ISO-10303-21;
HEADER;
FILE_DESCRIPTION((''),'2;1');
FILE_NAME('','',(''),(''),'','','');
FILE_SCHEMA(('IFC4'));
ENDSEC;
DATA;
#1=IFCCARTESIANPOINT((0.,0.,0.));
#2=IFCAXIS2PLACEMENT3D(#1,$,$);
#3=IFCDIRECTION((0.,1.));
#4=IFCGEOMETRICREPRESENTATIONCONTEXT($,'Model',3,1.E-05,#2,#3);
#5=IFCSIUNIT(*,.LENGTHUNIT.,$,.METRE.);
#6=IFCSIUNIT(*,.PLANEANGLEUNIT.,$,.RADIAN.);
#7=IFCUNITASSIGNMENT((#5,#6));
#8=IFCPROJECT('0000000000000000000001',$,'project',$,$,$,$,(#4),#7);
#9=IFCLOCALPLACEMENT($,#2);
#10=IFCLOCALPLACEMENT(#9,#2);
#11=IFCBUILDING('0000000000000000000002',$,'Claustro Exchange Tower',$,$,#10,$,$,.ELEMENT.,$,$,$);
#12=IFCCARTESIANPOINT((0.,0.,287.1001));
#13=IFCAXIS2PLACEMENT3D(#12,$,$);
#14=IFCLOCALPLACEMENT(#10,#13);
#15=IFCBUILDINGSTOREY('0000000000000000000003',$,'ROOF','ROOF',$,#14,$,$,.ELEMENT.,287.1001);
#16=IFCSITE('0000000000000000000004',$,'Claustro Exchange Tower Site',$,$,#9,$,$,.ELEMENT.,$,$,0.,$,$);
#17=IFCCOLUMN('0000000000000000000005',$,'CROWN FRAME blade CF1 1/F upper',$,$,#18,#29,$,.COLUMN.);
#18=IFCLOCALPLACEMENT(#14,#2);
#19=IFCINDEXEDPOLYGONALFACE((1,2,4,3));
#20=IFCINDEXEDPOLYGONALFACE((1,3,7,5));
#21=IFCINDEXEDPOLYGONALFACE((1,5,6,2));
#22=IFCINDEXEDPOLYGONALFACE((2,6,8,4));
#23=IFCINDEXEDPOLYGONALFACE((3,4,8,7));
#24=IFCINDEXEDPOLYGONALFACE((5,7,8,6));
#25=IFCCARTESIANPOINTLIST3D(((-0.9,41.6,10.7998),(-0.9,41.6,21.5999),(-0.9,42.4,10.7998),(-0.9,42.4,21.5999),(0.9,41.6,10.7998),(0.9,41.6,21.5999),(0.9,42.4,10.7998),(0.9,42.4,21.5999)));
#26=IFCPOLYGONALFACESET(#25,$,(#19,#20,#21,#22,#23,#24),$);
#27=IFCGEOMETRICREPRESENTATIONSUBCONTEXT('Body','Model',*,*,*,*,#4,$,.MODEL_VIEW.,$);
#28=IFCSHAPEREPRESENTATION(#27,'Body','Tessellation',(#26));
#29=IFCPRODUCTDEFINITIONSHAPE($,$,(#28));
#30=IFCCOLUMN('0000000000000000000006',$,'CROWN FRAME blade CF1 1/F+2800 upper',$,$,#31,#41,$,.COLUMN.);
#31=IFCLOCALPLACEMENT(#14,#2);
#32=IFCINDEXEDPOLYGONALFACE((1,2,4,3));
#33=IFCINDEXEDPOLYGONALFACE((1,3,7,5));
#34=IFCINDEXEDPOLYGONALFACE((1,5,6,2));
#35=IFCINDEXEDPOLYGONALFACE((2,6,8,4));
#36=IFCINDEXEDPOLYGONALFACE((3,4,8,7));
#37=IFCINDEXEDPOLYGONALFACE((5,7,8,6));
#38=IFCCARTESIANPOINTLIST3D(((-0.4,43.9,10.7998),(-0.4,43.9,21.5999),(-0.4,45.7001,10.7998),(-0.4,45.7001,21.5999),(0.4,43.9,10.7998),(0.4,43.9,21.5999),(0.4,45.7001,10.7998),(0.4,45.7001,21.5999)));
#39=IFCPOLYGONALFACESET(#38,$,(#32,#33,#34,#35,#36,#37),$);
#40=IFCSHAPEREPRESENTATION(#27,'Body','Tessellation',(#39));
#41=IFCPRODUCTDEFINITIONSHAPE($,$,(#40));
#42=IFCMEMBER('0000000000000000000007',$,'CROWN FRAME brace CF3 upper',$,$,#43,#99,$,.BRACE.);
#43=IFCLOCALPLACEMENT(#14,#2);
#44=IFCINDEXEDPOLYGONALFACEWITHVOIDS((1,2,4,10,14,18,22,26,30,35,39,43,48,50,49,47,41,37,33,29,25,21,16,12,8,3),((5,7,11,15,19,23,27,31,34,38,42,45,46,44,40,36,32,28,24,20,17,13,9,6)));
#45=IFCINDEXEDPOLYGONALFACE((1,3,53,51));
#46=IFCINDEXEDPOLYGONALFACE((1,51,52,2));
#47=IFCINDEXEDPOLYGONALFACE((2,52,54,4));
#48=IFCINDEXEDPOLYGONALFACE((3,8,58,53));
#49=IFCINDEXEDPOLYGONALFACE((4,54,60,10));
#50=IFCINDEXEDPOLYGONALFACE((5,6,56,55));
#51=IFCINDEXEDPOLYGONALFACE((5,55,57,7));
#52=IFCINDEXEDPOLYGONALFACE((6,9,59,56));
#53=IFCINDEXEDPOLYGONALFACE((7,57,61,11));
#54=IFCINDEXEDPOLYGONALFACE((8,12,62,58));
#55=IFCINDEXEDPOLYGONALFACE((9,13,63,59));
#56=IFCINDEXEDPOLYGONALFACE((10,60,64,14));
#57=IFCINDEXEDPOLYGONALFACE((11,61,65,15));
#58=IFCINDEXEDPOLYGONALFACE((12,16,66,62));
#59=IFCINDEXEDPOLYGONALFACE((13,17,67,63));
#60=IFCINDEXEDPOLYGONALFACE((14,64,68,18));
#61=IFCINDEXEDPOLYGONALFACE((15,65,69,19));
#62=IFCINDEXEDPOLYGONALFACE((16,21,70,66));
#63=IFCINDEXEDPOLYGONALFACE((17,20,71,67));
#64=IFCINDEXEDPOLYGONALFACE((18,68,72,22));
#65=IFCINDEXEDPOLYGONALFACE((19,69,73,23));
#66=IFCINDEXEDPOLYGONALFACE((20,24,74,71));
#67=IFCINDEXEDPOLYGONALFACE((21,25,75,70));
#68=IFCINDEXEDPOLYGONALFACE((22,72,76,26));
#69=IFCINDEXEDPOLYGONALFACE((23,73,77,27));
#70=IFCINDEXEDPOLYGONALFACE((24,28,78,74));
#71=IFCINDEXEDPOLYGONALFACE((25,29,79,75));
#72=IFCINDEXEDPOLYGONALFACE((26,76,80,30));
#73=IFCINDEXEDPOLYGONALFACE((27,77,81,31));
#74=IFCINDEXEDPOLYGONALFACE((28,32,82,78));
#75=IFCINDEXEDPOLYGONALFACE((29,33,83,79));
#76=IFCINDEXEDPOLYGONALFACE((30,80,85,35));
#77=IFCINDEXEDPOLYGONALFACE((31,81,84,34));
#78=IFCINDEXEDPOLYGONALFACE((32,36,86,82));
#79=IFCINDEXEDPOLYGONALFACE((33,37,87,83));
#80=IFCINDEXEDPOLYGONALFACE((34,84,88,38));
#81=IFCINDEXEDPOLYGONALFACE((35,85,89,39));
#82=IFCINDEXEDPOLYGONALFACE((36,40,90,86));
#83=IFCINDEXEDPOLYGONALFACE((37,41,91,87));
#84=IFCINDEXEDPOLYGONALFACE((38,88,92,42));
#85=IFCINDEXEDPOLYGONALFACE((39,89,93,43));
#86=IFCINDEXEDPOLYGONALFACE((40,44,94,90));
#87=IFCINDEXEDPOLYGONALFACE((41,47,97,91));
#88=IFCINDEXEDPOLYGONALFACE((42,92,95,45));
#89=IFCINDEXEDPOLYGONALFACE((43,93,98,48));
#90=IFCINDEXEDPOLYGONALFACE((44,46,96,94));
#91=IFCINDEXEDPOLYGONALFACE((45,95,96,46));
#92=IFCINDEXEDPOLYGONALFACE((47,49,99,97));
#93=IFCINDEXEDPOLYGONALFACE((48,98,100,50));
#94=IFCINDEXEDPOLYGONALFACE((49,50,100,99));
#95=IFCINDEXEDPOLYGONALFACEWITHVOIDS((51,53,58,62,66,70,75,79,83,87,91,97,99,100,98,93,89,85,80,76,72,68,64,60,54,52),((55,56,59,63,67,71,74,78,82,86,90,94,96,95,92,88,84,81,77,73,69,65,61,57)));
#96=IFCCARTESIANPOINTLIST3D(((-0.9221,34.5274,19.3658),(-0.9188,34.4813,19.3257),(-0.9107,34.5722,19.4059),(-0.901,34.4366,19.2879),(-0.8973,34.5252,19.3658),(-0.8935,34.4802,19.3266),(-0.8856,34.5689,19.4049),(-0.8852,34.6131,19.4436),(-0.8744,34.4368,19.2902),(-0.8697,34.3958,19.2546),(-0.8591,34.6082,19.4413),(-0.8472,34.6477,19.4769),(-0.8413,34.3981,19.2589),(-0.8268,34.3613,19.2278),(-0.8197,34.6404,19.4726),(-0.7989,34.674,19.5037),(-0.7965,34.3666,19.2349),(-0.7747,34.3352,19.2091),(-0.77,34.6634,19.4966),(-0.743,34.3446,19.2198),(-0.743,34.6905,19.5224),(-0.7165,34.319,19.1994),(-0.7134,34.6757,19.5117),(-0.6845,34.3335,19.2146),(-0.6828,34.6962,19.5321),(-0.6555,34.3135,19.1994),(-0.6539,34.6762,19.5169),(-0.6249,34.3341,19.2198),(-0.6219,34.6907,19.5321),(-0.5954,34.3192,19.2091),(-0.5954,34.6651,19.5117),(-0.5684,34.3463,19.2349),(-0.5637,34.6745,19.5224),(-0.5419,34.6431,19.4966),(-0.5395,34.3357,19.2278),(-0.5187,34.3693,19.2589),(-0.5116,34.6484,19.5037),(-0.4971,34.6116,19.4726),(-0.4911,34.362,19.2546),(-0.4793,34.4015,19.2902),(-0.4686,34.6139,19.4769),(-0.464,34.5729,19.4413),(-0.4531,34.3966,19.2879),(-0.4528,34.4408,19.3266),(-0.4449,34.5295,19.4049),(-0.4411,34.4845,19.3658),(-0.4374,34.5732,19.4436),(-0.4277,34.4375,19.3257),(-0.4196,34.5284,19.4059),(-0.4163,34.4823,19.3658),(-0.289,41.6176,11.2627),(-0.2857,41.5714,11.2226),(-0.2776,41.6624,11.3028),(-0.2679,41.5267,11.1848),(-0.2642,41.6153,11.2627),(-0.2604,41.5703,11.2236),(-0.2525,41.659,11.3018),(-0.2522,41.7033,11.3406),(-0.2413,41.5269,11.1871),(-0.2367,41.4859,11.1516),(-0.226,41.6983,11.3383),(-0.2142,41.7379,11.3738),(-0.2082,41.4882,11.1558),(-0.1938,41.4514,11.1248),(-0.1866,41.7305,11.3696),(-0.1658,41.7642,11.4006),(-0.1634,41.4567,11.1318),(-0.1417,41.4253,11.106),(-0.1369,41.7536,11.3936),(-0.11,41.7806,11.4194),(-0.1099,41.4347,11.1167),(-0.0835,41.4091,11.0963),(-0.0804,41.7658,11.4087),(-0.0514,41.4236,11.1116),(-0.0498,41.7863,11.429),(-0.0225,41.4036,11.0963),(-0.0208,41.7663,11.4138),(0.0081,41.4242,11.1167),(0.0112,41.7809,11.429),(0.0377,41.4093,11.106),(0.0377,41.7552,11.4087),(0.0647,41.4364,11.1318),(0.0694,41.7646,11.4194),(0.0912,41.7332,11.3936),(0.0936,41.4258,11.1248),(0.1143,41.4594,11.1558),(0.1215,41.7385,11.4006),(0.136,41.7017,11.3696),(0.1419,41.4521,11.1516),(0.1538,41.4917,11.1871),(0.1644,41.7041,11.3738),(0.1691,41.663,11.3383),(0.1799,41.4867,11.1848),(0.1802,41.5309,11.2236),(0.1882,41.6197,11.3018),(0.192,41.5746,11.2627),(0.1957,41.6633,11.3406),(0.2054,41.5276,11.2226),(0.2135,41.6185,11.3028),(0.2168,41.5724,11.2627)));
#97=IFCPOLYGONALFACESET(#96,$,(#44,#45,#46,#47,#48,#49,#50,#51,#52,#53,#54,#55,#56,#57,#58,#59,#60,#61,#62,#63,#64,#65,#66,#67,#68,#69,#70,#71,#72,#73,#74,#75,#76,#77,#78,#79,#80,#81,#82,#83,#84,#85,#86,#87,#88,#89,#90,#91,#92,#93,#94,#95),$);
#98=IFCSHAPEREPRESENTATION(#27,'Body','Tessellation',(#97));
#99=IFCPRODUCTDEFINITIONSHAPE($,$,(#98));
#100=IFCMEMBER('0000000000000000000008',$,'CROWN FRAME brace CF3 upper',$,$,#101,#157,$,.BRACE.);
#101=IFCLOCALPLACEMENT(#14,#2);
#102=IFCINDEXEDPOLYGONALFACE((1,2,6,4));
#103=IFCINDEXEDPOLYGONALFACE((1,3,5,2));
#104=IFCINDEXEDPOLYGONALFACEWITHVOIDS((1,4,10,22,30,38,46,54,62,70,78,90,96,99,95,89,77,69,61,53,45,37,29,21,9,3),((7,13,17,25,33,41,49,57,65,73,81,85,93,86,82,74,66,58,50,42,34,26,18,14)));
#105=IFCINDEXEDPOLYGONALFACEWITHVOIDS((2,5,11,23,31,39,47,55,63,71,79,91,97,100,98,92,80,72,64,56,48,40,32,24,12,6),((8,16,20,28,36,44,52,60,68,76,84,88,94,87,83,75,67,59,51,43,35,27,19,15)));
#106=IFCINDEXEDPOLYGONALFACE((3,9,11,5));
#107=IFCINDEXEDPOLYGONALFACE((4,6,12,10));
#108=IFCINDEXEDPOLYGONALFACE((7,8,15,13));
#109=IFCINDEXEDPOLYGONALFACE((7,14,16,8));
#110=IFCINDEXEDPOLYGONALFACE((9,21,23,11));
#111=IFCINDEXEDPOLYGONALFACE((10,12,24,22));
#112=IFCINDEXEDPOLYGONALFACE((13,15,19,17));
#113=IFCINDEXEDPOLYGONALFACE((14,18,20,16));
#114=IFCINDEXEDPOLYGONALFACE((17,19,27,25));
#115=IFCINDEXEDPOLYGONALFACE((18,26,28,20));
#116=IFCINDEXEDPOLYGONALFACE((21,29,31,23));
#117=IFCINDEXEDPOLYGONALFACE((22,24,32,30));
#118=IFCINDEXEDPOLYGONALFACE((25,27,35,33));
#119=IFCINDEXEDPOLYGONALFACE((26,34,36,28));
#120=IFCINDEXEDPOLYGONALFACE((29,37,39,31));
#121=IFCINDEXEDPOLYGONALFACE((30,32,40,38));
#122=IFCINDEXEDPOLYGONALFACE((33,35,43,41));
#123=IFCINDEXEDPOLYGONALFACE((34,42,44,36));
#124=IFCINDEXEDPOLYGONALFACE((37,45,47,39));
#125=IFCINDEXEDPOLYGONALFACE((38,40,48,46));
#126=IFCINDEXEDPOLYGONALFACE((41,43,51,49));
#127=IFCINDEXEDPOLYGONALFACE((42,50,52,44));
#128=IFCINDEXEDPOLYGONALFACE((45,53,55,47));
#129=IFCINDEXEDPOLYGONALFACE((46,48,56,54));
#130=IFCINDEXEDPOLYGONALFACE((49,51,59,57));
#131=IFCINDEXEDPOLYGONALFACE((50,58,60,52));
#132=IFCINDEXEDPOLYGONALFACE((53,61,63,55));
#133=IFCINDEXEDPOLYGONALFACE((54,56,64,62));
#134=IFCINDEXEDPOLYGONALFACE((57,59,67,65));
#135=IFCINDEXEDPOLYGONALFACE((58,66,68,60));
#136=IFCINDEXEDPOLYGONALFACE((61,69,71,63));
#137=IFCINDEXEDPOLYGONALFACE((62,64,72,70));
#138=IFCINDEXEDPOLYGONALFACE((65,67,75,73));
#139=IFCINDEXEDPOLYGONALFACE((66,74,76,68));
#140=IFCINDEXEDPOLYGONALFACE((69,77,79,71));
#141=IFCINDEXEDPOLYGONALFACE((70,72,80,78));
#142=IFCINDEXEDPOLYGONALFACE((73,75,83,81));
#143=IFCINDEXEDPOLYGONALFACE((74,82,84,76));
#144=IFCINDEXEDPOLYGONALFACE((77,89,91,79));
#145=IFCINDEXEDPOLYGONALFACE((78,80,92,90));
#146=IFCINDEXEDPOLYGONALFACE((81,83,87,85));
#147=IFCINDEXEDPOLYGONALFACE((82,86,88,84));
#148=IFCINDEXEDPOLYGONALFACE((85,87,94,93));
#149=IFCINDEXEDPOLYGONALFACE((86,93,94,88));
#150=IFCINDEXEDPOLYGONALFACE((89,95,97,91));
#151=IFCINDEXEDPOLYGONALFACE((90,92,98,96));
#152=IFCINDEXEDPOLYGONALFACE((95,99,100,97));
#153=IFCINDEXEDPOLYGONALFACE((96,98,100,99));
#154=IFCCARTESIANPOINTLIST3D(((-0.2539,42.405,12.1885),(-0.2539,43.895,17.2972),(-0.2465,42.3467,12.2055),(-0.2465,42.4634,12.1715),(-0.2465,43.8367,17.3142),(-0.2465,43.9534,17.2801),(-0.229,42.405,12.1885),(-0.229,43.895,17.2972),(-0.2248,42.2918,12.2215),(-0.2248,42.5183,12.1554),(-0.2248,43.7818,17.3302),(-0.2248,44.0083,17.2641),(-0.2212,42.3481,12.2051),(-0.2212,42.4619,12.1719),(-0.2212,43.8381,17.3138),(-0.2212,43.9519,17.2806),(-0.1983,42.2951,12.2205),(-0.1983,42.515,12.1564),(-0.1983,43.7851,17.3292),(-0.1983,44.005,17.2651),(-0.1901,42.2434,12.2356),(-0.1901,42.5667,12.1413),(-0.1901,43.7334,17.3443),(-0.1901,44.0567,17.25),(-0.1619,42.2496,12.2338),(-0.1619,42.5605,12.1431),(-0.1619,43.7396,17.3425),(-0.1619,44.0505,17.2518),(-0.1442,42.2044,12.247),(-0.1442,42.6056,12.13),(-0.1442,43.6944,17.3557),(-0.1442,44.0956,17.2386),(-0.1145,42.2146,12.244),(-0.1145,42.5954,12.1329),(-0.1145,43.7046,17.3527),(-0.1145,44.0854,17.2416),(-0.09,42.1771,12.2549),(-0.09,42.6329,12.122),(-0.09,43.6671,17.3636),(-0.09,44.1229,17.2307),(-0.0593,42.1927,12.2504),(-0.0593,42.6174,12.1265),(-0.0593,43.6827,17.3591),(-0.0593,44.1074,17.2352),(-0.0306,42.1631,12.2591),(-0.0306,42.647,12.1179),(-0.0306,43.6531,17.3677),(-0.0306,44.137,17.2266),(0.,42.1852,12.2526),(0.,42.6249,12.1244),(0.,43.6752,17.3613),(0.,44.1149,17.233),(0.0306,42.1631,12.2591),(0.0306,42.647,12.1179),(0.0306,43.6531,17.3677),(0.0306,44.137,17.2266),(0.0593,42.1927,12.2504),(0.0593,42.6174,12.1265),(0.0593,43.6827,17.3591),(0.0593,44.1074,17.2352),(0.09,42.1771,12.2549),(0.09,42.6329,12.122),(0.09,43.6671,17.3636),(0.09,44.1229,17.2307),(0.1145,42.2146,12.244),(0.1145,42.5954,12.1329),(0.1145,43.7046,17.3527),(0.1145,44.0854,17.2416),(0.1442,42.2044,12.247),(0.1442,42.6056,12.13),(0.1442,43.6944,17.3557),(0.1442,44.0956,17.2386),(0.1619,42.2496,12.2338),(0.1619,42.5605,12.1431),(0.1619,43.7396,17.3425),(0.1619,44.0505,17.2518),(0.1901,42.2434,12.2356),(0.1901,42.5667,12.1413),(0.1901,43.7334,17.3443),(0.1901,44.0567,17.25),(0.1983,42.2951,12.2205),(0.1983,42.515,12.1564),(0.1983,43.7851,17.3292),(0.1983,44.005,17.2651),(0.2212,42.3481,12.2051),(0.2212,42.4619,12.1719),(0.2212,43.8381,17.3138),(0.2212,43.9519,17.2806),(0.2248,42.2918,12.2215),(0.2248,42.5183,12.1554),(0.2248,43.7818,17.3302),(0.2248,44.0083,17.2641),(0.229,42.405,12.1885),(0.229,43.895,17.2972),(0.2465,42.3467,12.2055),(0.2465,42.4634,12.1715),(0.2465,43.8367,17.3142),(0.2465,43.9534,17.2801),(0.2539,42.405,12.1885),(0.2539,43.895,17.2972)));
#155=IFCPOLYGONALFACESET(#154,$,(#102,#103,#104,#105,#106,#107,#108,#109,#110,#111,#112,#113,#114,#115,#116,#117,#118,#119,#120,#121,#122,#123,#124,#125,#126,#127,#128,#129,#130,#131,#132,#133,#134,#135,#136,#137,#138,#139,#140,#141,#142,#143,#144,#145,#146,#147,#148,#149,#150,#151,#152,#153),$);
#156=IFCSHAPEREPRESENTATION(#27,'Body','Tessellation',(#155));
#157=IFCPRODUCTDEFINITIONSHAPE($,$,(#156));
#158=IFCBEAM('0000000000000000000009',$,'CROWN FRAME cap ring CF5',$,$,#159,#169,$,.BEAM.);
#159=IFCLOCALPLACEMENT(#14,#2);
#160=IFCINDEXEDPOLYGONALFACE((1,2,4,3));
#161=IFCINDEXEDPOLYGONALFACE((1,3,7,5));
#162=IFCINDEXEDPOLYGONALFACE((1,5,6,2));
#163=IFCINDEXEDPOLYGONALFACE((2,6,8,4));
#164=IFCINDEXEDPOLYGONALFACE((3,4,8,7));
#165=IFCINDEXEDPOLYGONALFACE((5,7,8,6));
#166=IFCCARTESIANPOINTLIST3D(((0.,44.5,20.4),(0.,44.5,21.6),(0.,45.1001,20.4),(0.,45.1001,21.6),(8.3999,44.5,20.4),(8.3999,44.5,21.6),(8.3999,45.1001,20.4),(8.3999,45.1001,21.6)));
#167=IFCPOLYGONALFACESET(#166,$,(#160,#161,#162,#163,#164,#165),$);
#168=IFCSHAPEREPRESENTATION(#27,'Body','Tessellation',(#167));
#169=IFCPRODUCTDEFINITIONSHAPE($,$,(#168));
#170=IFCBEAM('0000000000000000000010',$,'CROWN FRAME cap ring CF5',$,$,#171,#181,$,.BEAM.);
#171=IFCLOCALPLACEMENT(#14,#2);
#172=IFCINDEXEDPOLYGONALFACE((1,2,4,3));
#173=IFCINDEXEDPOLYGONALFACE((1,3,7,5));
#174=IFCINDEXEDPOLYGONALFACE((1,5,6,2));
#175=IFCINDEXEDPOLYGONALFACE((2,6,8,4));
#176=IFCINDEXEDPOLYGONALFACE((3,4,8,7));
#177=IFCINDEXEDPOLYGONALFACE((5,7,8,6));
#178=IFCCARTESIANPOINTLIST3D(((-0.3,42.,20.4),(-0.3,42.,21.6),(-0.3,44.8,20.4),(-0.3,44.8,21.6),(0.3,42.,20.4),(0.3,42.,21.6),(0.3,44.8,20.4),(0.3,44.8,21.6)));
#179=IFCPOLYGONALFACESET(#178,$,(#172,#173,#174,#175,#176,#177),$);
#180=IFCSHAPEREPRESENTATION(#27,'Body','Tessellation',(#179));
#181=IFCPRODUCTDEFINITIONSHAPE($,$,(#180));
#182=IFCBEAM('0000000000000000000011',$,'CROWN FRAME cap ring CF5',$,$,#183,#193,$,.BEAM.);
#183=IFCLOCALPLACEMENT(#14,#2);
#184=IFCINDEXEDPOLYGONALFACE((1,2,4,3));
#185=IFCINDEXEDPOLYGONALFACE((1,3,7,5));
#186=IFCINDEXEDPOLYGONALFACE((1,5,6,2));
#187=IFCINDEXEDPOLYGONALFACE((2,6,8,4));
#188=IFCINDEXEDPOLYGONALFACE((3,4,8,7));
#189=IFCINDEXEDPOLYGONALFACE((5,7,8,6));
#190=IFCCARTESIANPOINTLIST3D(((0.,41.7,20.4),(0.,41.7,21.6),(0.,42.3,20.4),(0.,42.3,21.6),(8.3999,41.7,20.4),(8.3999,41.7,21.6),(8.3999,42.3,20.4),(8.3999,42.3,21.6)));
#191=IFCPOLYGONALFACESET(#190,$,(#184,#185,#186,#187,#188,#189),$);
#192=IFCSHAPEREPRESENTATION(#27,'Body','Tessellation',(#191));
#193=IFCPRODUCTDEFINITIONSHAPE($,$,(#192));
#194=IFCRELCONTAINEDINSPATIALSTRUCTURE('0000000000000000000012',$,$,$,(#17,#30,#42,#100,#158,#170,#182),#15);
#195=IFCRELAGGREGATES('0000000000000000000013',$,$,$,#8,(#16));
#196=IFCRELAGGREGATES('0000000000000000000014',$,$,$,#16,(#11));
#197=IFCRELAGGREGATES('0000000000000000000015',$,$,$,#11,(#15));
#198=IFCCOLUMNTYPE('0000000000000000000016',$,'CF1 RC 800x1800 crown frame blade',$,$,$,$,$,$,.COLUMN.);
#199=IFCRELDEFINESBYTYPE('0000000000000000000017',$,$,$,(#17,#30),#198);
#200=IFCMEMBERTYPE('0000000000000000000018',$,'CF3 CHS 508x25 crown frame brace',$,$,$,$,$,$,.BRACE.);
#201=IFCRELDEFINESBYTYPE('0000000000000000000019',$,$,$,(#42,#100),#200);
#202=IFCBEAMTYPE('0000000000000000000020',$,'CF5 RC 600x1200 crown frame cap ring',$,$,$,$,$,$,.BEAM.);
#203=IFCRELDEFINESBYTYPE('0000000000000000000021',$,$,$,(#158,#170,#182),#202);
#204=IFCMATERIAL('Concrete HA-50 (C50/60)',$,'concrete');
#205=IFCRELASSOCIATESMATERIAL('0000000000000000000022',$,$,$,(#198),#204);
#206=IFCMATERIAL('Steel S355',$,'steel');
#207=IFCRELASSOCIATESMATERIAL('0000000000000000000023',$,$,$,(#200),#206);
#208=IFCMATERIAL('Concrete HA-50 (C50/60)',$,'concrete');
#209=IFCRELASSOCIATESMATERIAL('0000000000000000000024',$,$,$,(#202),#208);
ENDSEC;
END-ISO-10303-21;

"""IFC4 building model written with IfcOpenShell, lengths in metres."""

from ifc_helpers import new_model, si_unit, direction, frame, origin, origin_2d, place, context, subcontext, project, spatial, rectangle, hollow_circle, extrude, material, material_profile, profile_set, type_object, element, save


model = new_model("IFC4")

# Units and contexts
model_context = context("Model", 3, precision=1e-05, world=origin(), true_north=direction((0.0, 1.0)))
body_context = subcontext(model_context, "Body", "Model", "MODEL_VIEW")
ifc_project = project(units=[si_unit("LENGTHUNIT", "METRE"), si_unit("PLANEANGLEUNIT", "RADIAN")], contexts=[model_context])

# Site, building, storey
site_placement = place(None, origin())
site = spatial("IfcSite", under=ifc_project, at=site_placement, Name="Claustro Exchange Tower Site", CompositionType="ELEMENT", RefElevation=0.0)
building_placement = place(site_placement, origin())
building = spatial("IfcBuilding", under=site, at=building_placement, Name="Claustro Exchange Tower", CompositionType="ELEMENT")
storey_placement = place(building_placement, frame((0.0, 0.0, 287.1001)))
storey = spatial("IfcBuildingStorey", under=building, at=storey_placement, Name="ROOF", Description="ROOF", CompositionType="ELEMENT", Elevation=287.1001)

# Columns
ifc_material_1 = material(Name="Concrete HA-50 (C50/60)", Category="concrete")
ifc_material_profile_1 = material_profile(ifc_material_1, rectangle(XDim=0.8, YDim=1.8, at=origin_2d()), Name="RC 800x1800")
ifc_profile_set_1 = profile_set([ifc_material_profile_1], Name="Concrete HA-50 (C50/60)")
column_type = type_object("IfcColumnType", Name="CF1 RC 800x1800 crown frame blade", PredefinedType="COLUMN", material=ifc_profile_set_1)
for number, where, z_axis, x_axis, name in (
    (1, (0.0, 42.0, 10.7998), (0.0, 0.0, 1.0), (0.0, 1.0, 0.0), "CROWN FRAME blade CF1 1/F upper"),
    (2, (0.0, 44.8, 10.7998), (0.0, 0.0, 1.0), (1.0, 0.0, 0.0), "CROWN FRAME blade CF1 1/F+2800 upper"),
):
    element("IfcColumn", number, at=place(storey_placement, frame(where, z_axis=z_axis, x_axis=x_axis)), inside=storey, type_object=column_type, Name=name, PredefinedType="COLUMN", context=body_context, shape_type="SweptSolid", body=[
        extrude(rectangle(XDim=0.8, YDim=1.8, at=origin_2d()), origin(), (0.0, 0.0, 1.0), 10.8),
    ])

# Members
ifc_material_2 = material(Name="Steel S355", Category="steel")
ifc_material_profile_2 = material_profile(ifc_material_2, hollow_circle(Radius=0.2539, WallThickness=0.0249, at=origin_2d()), Name="CHS 508x25")
ifc_profile_set_2 = profile_set([ifc_material_profile_2], Name="Steel S355")
member_type = type_object("IfcMemberType", Name="CF3 CHS 508x25 crown frame brace", PredefinedType="BRACE", material=ifc_profile_set_2)
member_1_placement = place(storey_placement, frame((-0.0361, 41.595, 11.2627), z_axis=(-0.058695, -0.657366, 0.751282), x_axis=(0.996038, -0.088934, 0.0)))
element("IfcMember", 3, at=member_1_placement, inside=storey, type_object=member_type, Name="CROWN FRAME brace CF3 upper", PredefinedType="BRACE", context=body_context, shape_type="SweptSolid", body=[
    extrude(hollow_circle(Radius=0.2539, WallThickness=0.0249, at=origin_2d()), origin(), (0.0, 0.0, 1.0), 10.7856),
])
member_2_placement = place(storey_placement, frame((0.0, 42.405, 12.1885), z_axis=(0.0, 0.279995, 0.960002), x_axis=(-1.0, 0.0, 0.0)))
element("IfcMember", 4, at=member_2_placement, inside=storey, type_object=member_type, Name="CROWN FRAME brace CF3 upper", PredefinedType="BRACE", context=body_context, shape_type="SweptSolid", body=[
    extrude(hollow_circle(Radius=0.2539, WallThickness=0.0249, at=origin_2d()), origin(), (0.0, 0.0, 1.0), 5.3215),
])

# Beams
ifc_material_3 = material(Name="Concrete HA-50 (C50/60)", Category="concrete")
ifc_material_profile_3 = material_profile(ifc_material_3, rectangle(XDim=0.6001, YDim=1.2, at=origin_2d()), Name="RC 600x1200")
ifc_profile_set_3 = profile_set([ifc_material_profile_3], Name="Concrete HA-50 (C50/60)")
beam_type = type_object("IfcBeamType", Name="CF5 RC 600x1200 crown frame cap ring", PredefinedType="BEAM", material=ifc_profile_set_3)
beam_1_placement = place(storey_placement, frame((0.0, 44.8, 21.0), z_axis=(1.0, 0.0, 0.0), x_axis=(0.0, 1.0, 0.0)))
element("IfcBeam", 5, at=beam_1_placement, inside=storey, type_object=beam_type, Name="CROWN FRAME cap ring CF5", PredefinedType="BEAM", context=body_context, shape_type="SweptSolid", body=[
    extrude(rectangle(XDim=0.6001, YDim=1.2, at=origin_2d()), origin(), (0.0, 0.0, 1.0), 8.3999),
])
beam_2_placement = place(storey_placement, frame((0.0, 42.0, 21.0), z_axis=(0.0, 1.0, 0.0), x_axis=(-1.0, 0.0, 0.0)))
element("IfcBeam", 6, at=beam_2_placement, inside=storey, type_object=beam_type, Name="CROWN FRAME cap ring CF5", PredefinedType="BEAM", context=body_context, shape_type="SweptSolid", body=[
    extrude(rectangle(XDim=0.6001, YDim=1.2, at=origin_2d()), origin(), (0.0, 0.0, 1.0), 2.8),
])
beam_3_placement = place(storey_placement, frame((0.0, 42.0, 21.0), z_axis=(1.0, 0.0, 0.0), x_axis=(0.0, 1.0, 0.0)))
element("IfcBeam", 7, at=beam_3_placement, inside=storey, type_object=beam_type, Name="CROWN FRAME cap ring CF5", PredefinedType="BEAM", context=body_context, shape_type="SweptSolid", body=[
    extrude(rectangle(XDim=0.6001, YDim=1.2, at=origin_2d()), origin(), (0.0, 0.0, 1.0), 8.3999),
])

save(model, "model.ifc")
